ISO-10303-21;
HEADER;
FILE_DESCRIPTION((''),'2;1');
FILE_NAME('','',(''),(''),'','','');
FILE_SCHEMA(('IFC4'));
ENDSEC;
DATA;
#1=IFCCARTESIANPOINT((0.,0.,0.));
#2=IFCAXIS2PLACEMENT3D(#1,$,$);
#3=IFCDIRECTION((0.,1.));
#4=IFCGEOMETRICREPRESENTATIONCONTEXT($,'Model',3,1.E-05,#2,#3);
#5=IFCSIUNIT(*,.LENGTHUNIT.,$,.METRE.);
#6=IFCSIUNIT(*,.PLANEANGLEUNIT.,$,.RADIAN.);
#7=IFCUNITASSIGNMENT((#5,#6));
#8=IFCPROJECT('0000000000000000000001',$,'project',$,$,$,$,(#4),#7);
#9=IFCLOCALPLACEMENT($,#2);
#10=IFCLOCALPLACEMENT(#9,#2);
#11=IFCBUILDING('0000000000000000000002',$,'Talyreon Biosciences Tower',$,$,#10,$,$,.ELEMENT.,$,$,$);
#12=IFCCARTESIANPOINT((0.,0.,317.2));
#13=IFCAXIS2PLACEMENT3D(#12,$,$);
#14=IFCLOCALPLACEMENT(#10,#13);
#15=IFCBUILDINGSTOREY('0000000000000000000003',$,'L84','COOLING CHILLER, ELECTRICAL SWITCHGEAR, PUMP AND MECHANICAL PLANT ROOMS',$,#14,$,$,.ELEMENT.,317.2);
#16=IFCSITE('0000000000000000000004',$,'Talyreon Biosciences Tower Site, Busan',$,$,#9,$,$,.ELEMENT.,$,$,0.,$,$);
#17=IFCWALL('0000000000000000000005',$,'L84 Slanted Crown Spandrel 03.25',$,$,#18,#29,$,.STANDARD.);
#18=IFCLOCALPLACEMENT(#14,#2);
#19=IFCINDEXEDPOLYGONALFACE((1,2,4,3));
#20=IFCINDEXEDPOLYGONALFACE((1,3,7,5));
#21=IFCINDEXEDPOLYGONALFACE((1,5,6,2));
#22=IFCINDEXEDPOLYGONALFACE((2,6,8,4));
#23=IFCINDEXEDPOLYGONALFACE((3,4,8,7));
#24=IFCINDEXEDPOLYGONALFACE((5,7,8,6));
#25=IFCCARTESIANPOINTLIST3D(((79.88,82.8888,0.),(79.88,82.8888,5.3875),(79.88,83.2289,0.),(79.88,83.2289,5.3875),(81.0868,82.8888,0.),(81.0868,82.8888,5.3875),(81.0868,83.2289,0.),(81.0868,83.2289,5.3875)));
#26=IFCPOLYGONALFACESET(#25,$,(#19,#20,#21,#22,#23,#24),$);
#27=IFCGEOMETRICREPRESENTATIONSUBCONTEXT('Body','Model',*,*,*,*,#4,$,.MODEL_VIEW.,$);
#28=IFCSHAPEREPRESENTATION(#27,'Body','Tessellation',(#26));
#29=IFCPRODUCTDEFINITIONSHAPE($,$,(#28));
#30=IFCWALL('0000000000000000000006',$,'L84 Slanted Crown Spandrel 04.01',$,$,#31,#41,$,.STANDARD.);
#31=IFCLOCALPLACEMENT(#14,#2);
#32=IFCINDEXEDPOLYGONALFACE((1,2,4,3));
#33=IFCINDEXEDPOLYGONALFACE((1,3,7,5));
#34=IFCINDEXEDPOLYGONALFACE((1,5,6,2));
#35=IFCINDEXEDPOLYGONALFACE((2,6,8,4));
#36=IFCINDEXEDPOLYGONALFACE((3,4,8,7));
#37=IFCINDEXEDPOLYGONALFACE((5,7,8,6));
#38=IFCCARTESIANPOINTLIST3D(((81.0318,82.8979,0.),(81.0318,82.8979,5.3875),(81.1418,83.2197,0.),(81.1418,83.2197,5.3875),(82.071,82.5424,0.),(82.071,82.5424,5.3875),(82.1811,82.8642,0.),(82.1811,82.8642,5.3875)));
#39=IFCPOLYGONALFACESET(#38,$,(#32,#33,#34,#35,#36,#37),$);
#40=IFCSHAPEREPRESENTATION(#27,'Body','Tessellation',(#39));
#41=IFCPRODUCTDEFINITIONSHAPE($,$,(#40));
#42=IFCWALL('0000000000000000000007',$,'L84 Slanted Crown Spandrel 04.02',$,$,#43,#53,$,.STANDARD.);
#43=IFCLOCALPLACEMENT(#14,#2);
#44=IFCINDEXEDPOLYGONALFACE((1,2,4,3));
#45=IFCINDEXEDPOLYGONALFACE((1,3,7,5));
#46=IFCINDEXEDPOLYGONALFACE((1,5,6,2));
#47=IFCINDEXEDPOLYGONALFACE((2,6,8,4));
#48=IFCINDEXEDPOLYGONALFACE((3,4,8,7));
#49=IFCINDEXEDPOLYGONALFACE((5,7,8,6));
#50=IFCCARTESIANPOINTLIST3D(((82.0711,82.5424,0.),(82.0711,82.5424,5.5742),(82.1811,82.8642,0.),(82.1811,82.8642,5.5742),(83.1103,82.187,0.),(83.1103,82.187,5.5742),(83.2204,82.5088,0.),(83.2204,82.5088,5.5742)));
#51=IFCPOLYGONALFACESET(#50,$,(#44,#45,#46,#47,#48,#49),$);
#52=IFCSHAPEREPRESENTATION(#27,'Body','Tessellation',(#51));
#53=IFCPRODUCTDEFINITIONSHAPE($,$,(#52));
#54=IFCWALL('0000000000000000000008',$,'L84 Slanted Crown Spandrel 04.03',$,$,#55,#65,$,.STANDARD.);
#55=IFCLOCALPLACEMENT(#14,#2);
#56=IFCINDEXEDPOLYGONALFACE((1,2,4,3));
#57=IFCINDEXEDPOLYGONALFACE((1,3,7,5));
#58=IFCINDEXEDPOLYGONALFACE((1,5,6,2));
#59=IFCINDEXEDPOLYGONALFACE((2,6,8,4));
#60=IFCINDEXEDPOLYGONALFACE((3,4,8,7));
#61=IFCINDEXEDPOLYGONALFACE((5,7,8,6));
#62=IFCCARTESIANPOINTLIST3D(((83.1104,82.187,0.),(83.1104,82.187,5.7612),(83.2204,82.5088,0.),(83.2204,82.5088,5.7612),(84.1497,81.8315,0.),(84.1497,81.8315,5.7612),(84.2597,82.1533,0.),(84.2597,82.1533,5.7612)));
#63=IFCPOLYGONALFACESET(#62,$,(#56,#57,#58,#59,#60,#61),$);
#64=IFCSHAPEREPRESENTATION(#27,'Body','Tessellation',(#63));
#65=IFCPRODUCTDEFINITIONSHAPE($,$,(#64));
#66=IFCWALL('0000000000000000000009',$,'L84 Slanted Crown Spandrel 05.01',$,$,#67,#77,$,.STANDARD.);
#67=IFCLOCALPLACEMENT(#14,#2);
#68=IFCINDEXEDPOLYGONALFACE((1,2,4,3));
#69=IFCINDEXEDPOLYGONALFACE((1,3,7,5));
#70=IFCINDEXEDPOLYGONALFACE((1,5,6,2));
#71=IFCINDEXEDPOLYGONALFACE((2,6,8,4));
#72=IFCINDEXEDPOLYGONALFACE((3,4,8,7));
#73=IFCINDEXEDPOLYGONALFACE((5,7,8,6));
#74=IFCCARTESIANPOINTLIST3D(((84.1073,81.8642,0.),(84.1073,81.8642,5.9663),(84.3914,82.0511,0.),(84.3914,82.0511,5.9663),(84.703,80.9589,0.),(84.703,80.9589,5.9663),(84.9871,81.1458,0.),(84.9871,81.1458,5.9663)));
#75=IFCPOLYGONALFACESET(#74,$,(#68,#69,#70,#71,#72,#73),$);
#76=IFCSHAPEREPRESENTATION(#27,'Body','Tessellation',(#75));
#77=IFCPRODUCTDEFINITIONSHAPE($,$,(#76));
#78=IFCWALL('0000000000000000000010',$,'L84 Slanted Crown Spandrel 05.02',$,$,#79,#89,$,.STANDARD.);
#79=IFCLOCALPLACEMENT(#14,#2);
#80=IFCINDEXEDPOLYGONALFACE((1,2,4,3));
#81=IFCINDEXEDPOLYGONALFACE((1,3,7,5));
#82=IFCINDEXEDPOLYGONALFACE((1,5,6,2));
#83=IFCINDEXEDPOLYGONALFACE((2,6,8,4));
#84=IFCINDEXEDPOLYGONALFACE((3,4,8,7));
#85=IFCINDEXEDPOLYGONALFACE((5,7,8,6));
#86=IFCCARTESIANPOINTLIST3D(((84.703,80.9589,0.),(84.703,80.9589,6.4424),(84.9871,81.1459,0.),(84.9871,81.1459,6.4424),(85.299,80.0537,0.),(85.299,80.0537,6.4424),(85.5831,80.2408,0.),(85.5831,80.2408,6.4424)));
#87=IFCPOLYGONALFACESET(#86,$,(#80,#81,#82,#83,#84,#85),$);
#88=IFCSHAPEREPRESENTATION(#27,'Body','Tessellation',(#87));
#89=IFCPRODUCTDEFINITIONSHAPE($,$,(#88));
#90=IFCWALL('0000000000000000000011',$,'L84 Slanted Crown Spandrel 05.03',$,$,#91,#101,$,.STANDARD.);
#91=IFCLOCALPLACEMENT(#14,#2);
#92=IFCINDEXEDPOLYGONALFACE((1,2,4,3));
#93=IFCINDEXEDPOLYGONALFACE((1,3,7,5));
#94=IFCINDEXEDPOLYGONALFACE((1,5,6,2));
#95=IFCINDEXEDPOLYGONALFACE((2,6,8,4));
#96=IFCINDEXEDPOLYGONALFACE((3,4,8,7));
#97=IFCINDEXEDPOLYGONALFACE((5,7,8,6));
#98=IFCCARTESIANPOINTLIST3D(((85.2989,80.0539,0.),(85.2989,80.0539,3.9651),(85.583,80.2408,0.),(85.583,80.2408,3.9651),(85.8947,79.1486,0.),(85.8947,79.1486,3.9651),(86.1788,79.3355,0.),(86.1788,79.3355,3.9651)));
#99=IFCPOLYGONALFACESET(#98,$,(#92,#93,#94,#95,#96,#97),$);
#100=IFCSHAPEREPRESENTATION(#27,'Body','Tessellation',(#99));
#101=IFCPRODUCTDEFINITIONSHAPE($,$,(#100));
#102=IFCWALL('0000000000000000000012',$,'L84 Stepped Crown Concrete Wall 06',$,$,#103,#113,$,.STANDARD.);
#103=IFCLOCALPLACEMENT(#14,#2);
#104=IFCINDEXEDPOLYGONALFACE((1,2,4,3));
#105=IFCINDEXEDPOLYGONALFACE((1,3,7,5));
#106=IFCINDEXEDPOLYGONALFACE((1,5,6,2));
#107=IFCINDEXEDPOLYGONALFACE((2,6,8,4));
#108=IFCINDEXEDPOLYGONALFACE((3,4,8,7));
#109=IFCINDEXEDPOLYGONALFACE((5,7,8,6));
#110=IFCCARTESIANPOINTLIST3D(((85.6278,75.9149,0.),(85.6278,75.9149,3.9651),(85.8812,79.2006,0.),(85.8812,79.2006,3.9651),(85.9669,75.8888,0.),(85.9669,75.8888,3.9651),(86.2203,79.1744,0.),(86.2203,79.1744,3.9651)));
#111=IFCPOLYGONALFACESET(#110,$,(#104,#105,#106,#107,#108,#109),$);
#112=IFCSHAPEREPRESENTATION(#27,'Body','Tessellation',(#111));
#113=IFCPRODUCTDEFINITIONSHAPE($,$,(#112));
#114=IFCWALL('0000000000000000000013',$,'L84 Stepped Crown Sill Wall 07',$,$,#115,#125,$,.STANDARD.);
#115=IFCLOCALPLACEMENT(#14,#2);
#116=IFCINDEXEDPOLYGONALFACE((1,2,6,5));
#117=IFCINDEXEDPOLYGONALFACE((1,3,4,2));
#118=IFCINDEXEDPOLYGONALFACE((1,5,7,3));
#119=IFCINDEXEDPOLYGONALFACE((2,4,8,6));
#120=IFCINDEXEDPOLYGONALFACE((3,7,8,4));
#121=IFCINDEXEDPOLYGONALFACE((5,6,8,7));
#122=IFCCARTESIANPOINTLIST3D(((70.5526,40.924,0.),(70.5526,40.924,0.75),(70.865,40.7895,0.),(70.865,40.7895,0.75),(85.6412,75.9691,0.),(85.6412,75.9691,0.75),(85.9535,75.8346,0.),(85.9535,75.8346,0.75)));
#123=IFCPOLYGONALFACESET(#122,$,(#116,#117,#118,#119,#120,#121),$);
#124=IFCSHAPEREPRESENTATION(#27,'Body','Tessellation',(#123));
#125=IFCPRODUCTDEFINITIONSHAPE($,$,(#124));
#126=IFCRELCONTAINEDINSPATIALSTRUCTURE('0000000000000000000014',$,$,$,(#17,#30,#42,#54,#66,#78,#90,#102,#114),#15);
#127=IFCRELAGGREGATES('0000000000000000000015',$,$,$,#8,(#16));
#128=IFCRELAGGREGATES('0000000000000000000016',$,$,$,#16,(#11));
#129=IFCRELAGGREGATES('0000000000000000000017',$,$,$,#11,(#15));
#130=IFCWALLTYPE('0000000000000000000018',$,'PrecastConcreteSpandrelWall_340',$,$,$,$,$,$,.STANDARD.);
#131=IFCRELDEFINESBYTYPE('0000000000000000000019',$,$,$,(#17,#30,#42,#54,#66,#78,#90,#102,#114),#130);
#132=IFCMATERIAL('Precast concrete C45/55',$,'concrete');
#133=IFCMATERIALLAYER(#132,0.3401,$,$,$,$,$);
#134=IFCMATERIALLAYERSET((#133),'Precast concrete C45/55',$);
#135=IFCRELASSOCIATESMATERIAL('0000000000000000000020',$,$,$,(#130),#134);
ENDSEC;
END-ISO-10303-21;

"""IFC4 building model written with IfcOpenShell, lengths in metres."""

from ifc_helpers import new_model, si_unit, direction, frame, frame_2d, origin, place, context, subcontext, project, spatial, rectangle, extrude, material, layer, layer_set, type_object, element, save


model = new_model("IFC4")

# Units and contexts
model_context = context("Model", 3, precision=1e-05, world=origin(), true_north=direction((0.0, 1.0)))
body_context = subcontext(model_context, "Body", "Model", "MODEL_VIEW")
ifc_project = project(units=[si_unit("LENGTHUNIT", "METRE"), si_unit("PLANEANGLEUNIT", "RADIAN")], contexts=[model_context])

# Site, building, storey
site_placement = place(None, origin())
site = spatial("IfcSite", under=ifc_project, at=site_placement, Name="Talyreon Biosciences Tower Site, Busan", CompositionType="ELEMENT", RefElevation=0.0)
building_placement = place(site_placement, origin())
building = spatial("IfcBuilding", under=site, at=building_placement, Name="Talyreon Biosciences Tower", CompositionType="ELEMENT")
storey_placement = place(building_placement, frame((0.0, 0.0, 317.2)))
storey = spatial("IfcBuildingStorey", under=building, at=storey_placement, Name="L84", Description="COOLING CHILLER, ELECTRICAL SWITCHGEAR, PUMP AND MECHANICAL PLANT ROOMS", CompositionType="ELEMENT", Elevation=317.2)

# Walls
ifc_material_1 = material(Name="Precast concrete C45/55", Category="concrete")
ifc_layer_1 = layer(ifc_material_1, 0.3401)
ifc_layer_set_1 = layer_set([ifc_layer_1], Name="Precast concrete C45/55")
wall_type_1 = type_object("IfcWallType", Name="PrecastConcreteSpandrelWall_340", PredefinedType="STANDARD", material=ifc_layer_set_1)
wall_1_placement = place(storey_placement, frame((79.8799, 83.0588, 0.0), z_axis=(0.0, 0.0, 1.0), x_axis=(1.0, 0.0, 0.0)))
element("IfcWall", 1, at=wall_1_placement, inside=storey, type_object=wall_type_1, Name="L84 Slanted Crown Spandrel 03.25", PredefinedType="STANDARD", context=body_context, shape_type="SweptSolid", body=[
    extrude(rectangle(XDim=1.2068, YDim=0.3401, at=frame_2d((0.6035, 0.0))), origin(), (0.0, 0.0, 1.0), 5.3875),
])
wall_2_placement = place(storey_placement, frame((81.0867, 83.0588, 0.0), z_axis=(0.0, 0.0, 1.0), x_axis=(0.946187, -0.32362, 0.0)))
element("IfcWall", 2, at=wall_2_placement, inside=storey, type_object=wall_type_1, Name="L84 Slanted Crown Spandrel 04.01", PredefinedType="STANDARD", context=body_context, shape_type="SweptSolid", body=[
    extrude(rectangle(XDim=1.0984, YDim=0.3401, at=frame_2d((0.5493, 0.0))), origin(), (0.0, 0.0, 1.0), 5.3875),
])
wall_3_placement = place(storey_placement, frame((82.126, 82.7034, 0.0), z_axis=(0.0, 0.0, 1.0), x_axis=(0.946187, -0.32362, 0.0)))
element("IfcWall", 3, at=wall_3_placement, inside=storey, type_object=wall_type_1, Name="L84 Slanted Crown Spandrel 04.02", PredefinedType="STANDARD", context=body_context, shape_type="SweptSolid", body=[
    extrude(rectangle(XDim=1.0984, YDim=0.3401, at=frame_2d((0.5493, 0.0))), origin(), (0.0, 0.0, 1.0), 5.5742),
])
wall_4_placement = place(storey_placement, frame((83.1653, 82.3479, 0.0), z_axis=(0.0, 0.0, 1.0), x_axis=(0.946187, -0.32362, 0.0)))
element("IfcWall", 4, at=wall_4_placement, inside=storey, type_object=wall_type_1, Name="L84 Slanted Crown Spandrel 04.03", PredefinedType="STANDARD", context=body_context, shape_type="SweptSolid", body=[
    extrude(rectangle(XDim=1.0984, YDim=0.3401, at=frame_2d((0.5493, 0.0))), origin(), (0.0, 0.0, 1.0), 5.7612),
])
wall_5_placement = place(storey_placement, frame((84.2493, 81.9578, 0.0), z_axis=(0.0, 0.0, 1.0), x_axis=(0.549699, -0.835363, 0.0)))
element("IfcWall", 5, at=wall_5_placement, inside=storey, type_object=wall_type_1, Name="L84 Slanted Crown Spandrel 05.01", PredefinedType="STANDARD", context=body_context, shape_type="SweptSolid", body=[
    extrude(rectangle(XDim=1.0837, YDim=0.3401, at=frame_2d((0.542, 0.0))), origin(), (0.0, 0.0, 1.0), 5.9663),
])
wall_6_placement = place(storey_placement, frame((84.845, 81.0525, 0.0), z_axis=(0.0, 0.0, 1.0), x_axis=(0.54996, -0.835191, 0.0)))
element("IfcWall", 6, at=wall_6_placement, inside=storey, type_object=wall_type_1, Name="L84 Slanted Crown Spandrel 05.02", PredefinedType="STANDARD", context=body_context, shape_type="SweptSolid", body=[
    extrude(rectangle(XDim=1.0837, YDim=0.3401, at=frame_2d((0.542, 0.0))), origin(), (0.0, 0.0, 1.0), 6.4424),
])
wall_7_placement = place(storey_placement, frame((85.4409, 80.1475, 0.0), z_axis=(0.0, 0.0, 1.0), x_axis=(0.549699, -0.835363, 0.0)))
element("IfcWall", 7, at=wall_7_placement, inside=storey, type_object=wall_type_1, Name="L84 Slanted Crown Spandrel 05.03", PredefinedType="STANDARD", context=body_context, shape_type="SweptSolid", body=[
    extrude(rectangle(XDim=1.0837, YDim=0.3401, at=frame_2d((0.542, 0.0))), origin(), (0.0, 0.0, 1.0), 3.9651),
])
wall_8_placement = place(storey_placement, frame((86.0508, 79.1875, 0.0), z_axis=(0.0, 0.0, 1.0), x_axis=(-0.0769, -0.997039, 0.0)))
element("IfcWall", 8, at=wall_8_placement, inside=storey, type_object=wall_type_1, Name="L84 Stepped Crown Concrete Wall 06", PredefinedType="STANDARD", context=body_context, shape_type="SweptSolid", body=[
    extrude(rectangle(XDim=3.2954, YDim=0.3401, at=frame_2d((1.6477, 0.0))), origin(), (0.0, 0.0, 1.0), 3.9651),
])
wall_9_placement = place(storey_placement, frame((85.7974, 75.9019, 0.0), z_axis=(0.0, 0.0, 1.0), x_axis=(-0.395452, -0.918486, 0.0)))
element("IfcWall", 9, at=wall_9_placement, inside=storey, type_object=wall_type_1, Name="L84 Stepped Crown Sill Wall 07", PredefinedType="STANDARD", context=body_context, shape_type="SweptSolid", body=[
    extrude(rectangle(XDim=38.1553, YDim=0.3401, at=frame_2d((19.0776, 0.0))), origin(), (0.0, 0.0, 1.0), 0.75),
])

save(model, "model.ifc")
